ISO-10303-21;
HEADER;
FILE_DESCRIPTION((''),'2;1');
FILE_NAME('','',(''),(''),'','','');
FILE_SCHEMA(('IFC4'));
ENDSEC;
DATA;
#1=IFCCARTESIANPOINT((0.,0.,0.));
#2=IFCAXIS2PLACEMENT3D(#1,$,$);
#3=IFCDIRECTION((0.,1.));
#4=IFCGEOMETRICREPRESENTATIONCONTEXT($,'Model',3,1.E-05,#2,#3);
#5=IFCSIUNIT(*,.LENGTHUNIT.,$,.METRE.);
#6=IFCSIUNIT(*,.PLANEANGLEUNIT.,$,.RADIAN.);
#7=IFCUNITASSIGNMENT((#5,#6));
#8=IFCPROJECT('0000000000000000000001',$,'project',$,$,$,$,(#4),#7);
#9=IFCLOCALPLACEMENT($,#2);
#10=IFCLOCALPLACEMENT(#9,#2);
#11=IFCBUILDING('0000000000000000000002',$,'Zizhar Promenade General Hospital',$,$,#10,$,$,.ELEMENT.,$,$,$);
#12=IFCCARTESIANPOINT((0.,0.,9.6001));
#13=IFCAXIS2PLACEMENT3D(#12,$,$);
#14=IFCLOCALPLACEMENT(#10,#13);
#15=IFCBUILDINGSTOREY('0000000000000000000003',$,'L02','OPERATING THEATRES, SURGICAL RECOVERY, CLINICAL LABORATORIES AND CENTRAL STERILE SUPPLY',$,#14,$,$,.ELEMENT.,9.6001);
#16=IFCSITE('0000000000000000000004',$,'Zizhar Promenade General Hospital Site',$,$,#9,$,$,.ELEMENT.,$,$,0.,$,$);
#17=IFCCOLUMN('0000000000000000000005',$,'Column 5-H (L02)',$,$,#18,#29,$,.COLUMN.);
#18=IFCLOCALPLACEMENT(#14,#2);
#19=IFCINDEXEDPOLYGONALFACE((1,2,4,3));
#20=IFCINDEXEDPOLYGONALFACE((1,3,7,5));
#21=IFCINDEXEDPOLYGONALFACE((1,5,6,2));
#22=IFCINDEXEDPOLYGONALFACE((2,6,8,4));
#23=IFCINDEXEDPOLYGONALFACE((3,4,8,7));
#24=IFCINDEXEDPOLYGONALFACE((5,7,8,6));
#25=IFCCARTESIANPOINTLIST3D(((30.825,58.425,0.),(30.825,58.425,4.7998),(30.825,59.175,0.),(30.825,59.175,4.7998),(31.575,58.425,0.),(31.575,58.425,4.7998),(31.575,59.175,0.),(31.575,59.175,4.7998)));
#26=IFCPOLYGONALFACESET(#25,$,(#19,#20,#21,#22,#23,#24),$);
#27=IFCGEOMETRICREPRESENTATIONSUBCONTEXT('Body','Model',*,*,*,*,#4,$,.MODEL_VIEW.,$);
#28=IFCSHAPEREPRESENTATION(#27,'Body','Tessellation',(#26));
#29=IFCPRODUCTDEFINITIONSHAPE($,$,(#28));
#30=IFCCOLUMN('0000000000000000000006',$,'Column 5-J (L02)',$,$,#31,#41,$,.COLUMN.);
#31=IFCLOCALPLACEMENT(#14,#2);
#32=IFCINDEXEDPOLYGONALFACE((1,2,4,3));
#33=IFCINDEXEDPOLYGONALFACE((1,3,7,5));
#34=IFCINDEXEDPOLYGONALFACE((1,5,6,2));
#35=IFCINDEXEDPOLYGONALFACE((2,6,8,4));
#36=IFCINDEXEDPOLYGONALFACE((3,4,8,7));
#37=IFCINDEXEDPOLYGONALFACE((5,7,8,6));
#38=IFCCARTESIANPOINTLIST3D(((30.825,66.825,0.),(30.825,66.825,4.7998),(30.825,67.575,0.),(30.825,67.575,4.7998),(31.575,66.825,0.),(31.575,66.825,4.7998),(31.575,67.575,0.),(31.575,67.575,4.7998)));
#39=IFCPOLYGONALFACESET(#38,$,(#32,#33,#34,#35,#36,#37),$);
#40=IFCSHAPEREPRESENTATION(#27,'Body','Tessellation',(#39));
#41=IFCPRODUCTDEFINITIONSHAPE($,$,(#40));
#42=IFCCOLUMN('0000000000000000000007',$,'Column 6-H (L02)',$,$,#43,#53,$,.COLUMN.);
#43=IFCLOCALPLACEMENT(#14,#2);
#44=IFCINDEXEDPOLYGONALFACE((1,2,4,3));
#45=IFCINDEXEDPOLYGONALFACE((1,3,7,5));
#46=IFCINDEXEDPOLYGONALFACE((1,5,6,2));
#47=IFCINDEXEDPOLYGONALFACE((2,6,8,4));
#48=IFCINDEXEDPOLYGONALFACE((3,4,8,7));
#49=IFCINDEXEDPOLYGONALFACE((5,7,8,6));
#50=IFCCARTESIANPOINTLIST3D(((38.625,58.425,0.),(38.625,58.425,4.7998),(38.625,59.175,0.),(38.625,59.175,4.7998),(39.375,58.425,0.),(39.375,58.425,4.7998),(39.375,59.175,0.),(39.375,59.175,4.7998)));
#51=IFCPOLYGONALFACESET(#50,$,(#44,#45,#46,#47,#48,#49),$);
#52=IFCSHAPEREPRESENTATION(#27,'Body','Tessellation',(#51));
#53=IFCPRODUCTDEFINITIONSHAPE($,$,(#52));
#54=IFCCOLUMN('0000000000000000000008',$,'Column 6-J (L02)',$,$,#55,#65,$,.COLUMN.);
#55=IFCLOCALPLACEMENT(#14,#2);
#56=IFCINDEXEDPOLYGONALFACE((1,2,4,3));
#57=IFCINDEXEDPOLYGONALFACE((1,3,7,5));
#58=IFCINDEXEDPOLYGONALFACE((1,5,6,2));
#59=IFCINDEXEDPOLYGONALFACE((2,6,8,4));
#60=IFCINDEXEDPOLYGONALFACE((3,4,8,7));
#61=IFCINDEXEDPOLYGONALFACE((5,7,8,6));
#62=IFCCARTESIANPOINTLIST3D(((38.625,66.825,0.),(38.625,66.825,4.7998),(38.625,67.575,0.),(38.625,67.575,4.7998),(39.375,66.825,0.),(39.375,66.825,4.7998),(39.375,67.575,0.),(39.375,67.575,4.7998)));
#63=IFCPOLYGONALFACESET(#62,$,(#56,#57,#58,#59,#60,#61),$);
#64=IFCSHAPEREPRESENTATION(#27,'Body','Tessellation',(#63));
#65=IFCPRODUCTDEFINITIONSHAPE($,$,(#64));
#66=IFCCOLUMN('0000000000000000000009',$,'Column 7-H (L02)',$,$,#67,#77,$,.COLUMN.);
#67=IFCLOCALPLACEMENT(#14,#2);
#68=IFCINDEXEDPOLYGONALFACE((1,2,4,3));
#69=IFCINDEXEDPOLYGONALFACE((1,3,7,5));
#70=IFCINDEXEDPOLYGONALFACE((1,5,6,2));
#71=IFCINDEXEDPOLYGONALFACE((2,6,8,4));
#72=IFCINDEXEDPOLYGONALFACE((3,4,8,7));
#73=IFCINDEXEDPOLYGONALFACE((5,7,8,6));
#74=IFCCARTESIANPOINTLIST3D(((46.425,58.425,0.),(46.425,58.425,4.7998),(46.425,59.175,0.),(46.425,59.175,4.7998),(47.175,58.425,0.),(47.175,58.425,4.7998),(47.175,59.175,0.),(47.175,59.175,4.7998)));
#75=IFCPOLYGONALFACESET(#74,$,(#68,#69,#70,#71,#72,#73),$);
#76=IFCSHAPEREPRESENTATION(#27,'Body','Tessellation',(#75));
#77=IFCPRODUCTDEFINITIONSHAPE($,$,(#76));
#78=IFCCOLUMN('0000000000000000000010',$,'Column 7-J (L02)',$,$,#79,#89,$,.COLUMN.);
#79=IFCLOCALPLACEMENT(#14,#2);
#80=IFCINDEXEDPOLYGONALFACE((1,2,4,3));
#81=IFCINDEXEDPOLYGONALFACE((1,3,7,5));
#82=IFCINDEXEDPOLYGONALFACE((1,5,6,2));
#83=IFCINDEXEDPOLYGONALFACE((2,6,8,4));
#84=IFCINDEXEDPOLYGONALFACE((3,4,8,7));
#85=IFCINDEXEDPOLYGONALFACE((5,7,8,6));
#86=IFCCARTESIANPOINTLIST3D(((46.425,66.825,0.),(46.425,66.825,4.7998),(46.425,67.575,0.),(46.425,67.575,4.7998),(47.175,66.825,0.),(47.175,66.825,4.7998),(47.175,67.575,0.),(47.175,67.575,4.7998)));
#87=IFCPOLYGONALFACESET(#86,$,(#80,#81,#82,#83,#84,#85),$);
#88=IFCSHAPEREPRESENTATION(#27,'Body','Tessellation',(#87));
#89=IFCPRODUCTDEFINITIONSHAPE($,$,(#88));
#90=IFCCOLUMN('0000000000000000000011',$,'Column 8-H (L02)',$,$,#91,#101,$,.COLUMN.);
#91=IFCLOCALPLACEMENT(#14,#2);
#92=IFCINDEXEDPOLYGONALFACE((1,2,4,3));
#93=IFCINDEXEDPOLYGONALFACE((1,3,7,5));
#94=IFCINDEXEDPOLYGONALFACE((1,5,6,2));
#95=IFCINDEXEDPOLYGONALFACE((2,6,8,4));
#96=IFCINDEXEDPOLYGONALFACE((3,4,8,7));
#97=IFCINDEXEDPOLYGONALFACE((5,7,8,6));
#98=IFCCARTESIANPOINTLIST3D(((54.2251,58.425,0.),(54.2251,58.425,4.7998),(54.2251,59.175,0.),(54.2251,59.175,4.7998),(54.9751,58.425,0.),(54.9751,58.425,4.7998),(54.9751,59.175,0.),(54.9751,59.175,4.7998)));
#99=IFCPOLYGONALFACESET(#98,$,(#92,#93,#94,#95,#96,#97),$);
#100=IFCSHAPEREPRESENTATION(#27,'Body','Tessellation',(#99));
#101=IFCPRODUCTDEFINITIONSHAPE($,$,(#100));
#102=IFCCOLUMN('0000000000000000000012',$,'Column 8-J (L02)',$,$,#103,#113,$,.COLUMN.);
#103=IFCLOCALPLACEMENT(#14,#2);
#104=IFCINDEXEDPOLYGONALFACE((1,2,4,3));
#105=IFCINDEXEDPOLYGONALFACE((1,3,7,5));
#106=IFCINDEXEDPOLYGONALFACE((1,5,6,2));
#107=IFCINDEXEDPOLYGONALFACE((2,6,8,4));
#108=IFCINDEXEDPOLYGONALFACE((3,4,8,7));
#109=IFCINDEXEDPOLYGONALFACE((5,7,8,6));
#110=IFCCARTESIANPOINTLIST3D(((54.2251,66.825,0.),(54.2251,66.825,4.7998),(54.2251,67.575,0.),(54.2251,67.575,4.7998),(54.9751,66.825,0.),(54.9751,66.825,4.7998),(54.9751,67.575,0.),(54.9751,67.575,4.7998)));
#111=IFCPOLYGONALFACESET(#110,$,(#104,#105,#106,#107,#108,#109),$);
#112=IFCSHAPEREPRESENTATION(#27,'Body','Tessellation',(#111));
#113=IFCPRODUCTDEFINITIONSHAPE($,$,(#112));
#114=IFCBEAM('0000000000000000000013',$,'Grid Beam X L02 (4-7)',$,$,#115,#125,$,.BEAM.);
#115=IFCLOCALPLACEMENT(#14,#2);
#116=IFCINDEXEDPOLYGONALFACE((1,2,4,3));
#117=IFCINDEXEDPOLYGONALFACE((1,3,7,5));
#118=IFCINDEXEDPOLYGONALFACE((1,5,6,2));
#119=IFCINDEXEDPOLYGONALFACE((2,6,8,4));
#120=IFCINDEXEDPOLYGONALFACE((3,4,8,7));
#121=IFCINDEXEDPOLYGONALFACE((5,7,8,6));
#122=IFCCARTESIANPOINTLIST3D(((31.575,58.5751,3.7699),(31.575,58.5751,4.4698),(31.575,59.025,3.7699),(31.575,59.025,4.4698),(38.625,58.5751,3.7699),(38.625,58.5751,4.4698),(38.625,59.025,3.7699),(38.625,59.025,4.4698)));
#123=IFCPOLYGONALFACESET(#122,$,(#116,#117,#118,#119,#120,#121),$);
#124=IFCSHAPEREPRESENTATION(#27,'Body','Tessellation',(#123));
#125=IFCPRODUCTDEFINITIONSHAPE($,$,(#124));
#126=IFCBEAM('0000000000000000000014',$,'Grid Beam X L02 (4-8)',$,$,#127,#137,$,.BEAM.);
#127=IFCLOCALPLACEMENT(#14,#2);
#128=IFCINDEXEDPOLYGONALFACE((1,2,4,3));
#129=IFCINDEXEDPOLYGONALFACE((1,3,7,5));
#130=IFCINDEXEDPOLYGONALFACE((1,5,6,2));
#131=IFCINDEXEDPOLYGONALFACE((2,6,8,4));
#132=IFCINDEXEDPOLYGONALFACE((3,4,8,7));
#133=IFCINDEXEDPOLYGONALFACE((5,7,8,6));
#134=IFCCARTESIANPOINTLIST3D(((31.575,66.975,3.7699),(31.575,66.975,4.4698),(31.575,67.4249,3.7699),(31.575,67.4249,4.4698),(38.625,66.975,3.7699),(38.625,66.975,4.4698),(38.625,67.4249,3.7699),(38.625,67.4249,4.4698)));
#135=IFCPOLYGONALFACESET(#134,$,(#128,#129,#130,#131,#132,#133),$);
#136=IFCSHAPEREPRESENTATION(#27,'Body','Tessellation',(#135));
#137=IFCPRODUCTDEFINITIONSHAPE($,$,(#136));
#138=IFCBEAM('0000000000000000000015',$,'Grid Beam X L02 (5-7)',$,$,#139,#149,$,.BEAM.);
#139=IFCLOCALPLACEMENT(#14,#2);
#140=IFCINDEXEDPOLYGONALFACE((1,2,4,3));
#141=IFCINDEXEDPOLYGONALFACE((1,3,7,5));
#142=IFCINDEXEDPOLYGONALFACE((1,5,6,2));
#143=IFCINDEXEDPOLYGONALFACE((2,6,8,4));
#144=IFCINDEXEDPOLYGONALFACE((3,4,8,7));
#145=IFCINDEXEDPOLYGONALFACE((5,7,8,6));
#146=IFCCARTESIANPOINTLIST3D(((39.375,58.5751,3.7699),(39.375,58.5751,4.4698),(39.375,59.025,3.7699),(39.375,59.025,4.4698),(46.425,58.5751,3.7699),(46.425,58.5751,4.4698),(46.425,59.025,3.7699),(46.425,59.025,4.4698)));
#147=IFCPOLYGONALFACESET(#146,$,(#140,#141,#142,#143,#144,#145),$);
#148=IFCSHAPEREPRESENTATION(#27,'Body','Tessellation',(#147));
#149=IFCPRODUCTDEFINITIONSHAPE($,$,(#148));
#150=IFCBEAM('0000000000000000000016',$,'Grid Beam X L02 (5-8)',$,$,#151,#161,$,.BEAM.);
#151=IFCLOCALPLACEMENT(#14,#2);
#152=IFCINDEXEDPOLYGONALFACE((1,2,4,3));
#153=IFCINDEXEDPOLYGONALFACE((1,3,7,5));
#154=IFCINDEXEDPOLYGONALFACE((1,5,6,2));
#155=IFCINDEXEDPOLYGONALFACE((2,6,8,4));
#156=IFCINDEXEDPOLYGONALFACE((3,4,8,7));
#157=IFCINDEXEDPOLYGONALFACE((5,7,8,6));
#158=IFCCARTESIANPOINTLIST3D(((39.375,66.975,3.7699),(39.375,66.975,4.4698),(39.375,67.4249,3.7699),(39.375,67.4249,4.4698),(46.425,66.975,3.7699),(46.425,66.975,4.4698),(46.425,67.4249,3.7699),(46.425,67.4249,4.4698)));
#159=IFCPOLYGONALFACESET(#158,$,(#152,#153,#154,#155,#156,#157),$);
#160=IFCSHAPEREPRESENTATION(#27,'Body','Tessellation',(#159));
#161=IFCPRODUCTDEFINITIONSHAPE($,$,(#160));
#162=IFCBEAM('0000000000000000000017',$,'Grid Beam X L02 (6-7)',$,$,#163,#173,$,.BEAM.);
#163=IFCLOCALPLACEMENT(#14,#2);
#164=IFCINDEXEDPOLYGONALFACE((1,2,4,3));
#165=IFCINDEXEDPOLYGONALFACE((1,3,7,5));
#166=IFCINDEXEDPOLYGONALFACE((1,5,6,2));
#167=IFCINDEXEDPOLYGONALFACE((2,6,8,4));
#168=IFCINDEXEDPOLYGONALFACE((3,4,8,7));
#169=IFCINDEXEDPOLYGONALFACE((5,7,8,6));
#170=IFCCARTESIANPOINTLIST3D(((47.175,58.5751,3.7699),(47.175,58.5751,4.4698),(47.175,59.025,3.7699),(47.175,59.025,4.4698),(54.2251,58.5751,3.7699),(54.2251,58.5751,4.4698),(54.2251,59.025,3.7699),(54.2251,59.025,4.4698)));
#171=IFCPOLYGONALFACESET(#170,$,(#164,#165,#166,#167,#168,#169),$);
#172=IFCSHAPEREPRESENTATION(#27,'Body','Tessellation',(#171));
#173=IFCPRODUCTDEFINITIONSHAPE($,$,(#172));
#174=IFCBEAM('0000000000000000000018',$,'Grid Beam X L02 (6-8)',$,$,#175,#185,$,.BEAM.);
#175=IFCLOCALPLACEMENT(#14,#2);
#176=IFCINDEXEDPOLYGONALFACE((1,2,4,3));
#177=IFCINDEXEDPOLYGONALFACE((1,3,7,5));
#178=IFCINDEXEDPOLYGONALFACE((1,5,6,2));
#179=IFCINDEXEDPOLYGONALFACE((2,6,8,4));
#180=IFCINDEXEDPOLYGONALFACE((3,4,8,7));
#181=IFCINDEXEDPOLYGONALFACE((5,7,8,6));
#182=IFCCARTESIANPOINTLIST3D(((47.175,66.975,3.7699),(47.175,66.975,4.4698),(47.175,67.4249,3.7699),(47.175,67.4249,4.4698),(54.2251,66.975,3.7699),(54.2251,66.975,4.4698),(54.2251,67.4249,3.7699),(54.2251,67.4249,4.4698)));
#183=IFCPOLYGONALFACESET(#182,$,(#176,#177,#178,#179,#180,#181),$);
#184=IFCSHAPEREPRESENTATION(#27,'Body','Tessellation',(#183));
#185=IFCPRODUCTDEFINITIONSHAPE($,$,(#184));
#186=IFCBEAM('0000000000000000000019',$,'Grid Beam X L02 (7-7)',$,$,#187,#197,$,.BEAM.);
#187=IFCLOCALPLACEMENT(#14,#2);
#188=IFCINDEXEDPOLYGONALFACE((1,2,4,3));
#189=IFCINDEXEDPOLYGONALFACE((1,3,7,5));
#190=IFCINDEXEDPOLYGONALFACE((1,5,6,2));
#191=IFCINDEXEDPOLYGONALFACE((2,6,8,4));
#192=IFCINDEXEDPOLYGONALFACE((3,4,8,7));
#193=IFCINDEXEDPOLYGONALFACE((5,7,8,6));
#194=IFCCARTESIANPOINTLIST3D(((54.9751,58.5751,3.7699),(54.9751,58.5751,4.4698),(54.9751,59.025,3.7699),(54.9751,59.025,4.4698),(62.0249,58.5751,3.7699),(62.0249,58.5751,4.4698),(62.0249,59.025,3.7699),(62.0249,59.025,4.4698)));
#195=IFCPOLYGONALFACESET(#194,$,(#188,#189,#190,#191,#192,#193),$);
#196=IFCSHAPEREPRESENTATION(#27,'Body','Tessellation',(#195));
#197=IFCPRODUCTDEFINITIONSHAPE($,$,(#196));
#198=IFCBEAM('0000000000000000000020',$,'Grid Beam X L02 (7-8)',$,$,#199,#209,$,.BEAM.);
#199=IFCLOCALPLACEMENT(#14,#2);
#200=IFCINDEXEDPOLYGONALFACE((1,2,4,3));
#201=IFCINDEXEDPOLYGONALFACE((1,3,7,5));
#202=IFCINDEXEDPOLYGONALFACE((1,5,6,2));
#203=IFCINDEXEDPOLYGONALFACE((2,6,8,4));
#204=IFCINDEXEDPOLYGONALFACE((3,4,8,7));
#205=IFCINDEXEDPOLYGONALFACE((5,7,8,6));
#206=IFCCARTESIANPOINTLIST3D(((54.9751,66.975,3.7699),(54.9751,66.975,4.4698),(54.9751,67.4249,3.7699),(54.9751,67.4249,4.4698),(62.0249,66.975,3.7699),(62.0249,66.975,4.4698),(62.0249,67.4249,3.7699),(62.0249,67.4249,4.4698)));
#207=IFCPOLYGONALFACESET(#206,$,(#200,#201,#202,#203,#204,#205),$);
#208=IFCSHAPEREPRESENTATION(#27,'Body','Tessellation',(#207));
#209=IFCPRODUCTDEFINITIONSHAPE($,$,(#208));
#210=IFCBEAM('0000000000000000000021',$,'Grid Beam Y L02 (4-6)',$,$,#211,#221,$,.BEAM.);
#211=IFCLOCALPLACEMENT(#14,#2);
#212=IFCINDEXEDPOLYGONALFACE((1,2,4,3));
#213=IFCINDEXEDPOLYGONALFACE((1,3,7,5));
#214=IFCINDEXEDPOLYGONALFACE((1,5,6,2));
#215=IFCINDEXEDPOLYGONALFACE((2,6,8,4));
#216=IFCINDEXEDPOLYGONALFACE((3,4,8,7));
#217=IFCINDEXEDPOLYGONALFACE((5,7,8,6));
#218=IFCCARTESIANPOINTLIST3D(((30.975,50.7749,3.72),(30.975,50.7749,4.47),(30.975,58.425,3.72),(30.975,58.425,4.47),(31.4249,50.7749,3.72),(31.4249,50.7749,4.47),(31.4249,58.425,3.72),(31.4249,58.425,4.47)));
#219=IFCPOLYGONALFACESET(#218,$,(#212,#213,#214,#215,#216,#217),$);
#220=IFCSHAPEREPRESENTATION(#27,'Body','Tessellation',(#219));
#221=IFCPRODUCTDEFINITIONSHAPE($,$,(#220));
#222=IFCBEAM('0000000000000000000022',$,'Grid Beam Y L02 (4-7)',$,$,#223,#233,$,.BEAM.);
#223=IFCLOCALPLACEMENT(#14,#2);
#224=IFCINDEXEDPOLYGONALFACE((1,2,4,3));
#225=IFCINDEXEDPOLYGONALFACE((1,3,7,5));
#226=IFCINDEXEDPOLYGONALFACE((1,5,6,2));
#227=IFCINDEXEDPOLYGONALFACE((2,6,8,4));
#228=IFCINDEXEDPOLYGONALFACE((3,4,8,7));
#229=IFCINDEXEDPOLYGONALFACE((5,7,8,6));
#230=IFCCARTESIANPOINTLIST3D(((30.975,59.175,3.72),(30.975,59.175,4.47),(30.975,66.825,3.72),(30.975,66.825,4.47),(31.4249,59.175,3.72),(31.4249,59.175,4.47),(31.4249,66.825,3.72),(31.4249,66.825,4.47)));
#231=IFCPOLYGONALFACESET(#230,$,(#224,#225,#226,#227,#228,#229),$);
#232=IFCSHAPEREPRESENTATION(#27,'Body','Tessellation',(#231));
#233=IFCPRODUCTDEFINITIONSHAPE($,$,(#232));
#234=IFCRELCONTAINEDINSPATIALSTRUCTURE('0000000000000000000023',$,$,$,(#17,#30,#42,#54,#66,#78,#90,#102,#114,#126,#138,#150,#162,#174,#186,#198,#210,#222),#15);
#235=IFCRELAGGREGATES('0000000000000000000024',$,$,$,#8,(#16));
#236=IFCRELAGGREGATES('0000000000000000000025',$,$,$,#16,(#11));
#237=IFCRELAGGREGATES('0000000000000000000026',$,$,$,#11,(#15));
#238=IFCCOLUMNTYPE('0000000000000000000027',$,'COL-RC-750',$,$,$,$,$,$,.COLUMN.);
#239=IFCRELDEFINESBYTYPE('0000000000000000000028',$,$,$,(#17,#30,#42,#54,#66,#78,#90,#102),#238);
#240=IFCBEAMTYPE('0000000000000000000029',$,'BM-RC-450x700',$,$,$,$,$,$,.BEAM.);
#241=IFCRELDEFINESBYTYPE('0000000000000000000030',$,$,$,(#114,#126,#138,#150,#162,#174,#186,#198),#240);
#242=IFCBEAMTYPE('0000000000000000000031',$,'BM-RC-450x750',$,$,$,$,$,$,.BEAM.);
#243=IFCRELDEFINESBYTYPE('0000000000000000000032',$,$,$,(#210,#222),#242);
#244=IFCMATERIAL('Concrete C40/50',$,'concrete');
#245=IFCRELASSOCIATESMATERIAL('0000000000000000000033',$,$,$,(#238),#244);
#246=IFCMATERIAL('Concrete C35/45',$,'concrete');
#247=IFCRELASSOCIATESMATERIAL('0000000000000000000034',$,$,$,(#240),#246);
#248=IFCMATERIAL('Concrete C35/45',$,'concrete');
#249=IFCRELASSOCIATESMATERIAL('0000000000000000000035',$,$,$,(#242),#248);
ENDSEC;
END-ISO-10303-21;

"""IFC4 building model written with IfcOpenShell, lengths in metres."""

from ifc_helpers import new_model, si_unit, direction, frame, origin, origin_2d, place, context, subcontext, project, spatial, rectangle, extrude, material, material_profile, profile_set, type_object, element, save


model = new_model("IFC4")

# Units and contexts
model_context = context("Model", 3, precision=1e-05, world=origin(), true_north=direction((0.0, 1.0)))
body_context = subcontext(model_context, "Body", "Model", "MODEL_VIEW")
ifc_project = project(units=[si_unit("LENGTHUNIT", "METRE"), si_unit("PLANEANGLEUNIT", "RADIAN")], contexts=[model_context])

# Site, building, storey
site_placement = place(None, origin())
site = spatial("IfcSite", under=ifc_project, at=site_placement, Name="Zizhar Promenade General Hospital Site", CompositionType="ELEMENT", RefElevation=0.0)
building_placement = place(site_placement, origin())
building = spatial("IfcBuilding", under=site, at=building_placement, Name="Zizhar Promenade General Hospital", CompositionType="ELEMENT")
storey_placement = place(building_placement, frame((0.0, 0.0, 9.6001)))
storey = spatial("IfcBuildingStorey", under=building, at=storey_placement, Name="L02", Description="OPERATING THEATRES, SURGICAL RECOVERY, CLINICAL LABORATORIES AND CENTRAL STERILE SUPPLY", CompositionType="ELEMENT", Elevation=9.6001)

# Columns
ifc_material_1 = material(Name="Concrete C40/50", Category="concrete")
ifc_material_profile_1 = material_profile(ifc_material_1, rectangle(XDim=0.75, YDim=0.75, at=origin_2d()))
ifc_profile_set_1 = profile_set([ifc_material_profile_1], Name="Concrete C40/50")
column_type = type_object("IfcColumnType", Name="COL-RC-750", PredefinedType="COLUMN", material=ifc_profile_set_1)
for number, where, z_axis, x_axis, name in (
    (1, (31.2, 58.8, 0.0), (0.0, 0.0, 1.0), (1.0, 0.0, 0.0), "Column 5-H (L02)"),
    (2, (31.2, 67.2, 0.0), (0.0, 0.0, 1.0), (1.0, 0.0, 0.0), "Column 5-J (L02)"),
    (3, (39.0, 58.8, 0.0), (0.0, 0.0, 1.0), (1.0, 0.0, 0.0), "Column 6-H (L02)"),
    (4, (39.0, 67.2, 0.0), (0.0, 0.0, 1.0), (1.0, 0.0, 0.0), "Column 6-J (L02)"),
    (5, (46.8, 58.8, 0.0), (0.0, 0.0, 1.0), (1.0, 0.0, 0.0), "Column 7-H (L02)"),
    (6, (46.8, 67.2, 0.0), (0.0, 0.0, 1.0), (1.0, 0.0, 0.0), "Column 7-J (L02)"),
    (7, (54.6001, 58.8, 0.0), (0.0, 0.0, 1.0), (1.0, 0.0, 0.0), "Column 8-H (L02)"),
    (8, (54.6001, 67.2, 0.0), (0.0, 0.0, 1.0), (1.0, 0.0, 0.0), "Column 8-J (L02)"),
):
    element("IfcColumn", number, at=place(storey_placement, frame(where, z_axis=z_axis, x_axis=x_axis)), inside=storey, type_object=column_type, Name=name, PredefinedType="COLUMN", context=body_context, shape_type="SweptSolid", body=[
        extrude(rectangle(XDim=0.75, YDim=0.75, at=origin_2d()), origin(), (0.0, 0.0, 1.0), 4.7998),
    ])

# Beams
ifc_material_2 = material(Name="Concrete C35/45", Category="concrete")
ifc_material_profile_2 = material_profile(ifc_material_2, rectangle(XDim=0.45, YDim=0.7, at=origin_2d()))
ifc_profile_set_2 = profile_set([ifc_material_profile_2], Name="Concrete C35/45")
beam_type_1 = type_object("IfcBeamType", Name="BM-RC-450x700", PredefinedType="BEAM", material=ifc_profile_set_2)
for number, where, z_axis, x_axis, name in (
    (9, (31.575, 58.8, 4.1199), (1.0, 0.0, 0.0), (0.0, 1.0, 0.0), "Grid Beam X L02 (4-7)"),
    (10, (31.575, 67.2, 4.1199), (1.0, 0.0, 0.0), (0.0, 1.0, 0.0), "Grid Beam X L02 (4-8)"),
    (11, (39.375, 58.8, 4.1199), (1.0, 0.0, 0.0), (0.0, 1.0, 0.0), "Grid Beam X L02 (5-7)"),
    (12, (39.375, 67.2, 4.1199), (1.0, 0.0, 0.0), (0.0, 1.0, 0.0), "Grid Beam X L02 (5-8)"),
    (13, (47.175, 58.8, 4.1199), (1.0, 0.0, 0.0), (0.0, 1.0, 0.0), "Grid Beam X L02 (6-7)"),
    (14, (47.175, 67.2, 4.1199), (1.0, 0.0, 0.0), (0.0, 1.0, 0.0), "Grid Beam X L02 (6-8)"),
):
    element("IfcBeam", number, at=place(storey_placement, frame(where, z_axis=z_axis, x_axis=x_axis)), inside=storey, type_object=beam_type_1, Name=name, PredefinedType="BEAM", context=body_context, shape_type="SweptSolid", body=[
        extrude(rectangle(XDim=0.45, YDim=0.7, at=origin_2d()), origin(), (0.0, 0.0, 1.0), 7.05),
    ])
for number, where, z_axis, x_axis, name in (
    (15, (54.9751, 58.8, 4.1199), (1.0, 0.0, 0.0), (0.0, 1.0, 0.0), "Grid Beam X L02 (7-7)"),
    (16, (54.9751, 67.2, 4.1199), (1.0, 0.0, 0.0), (0.0, 1.0, 0.0), "Grid Beam X L02 (7-8)"),
):
    element("IfcBeam", number, at=place(storey_placement, frame(where, z_axis=z_axis, x_axis=x_axis)), inside=storey, type_object=beam_type_1, Name=name, PredefinedType="BEAM", context=body_context, shape_type="SweptSolid", body=[
        extrude(rectangle(XDim=0.45, YDim=0.7, at=origin_2d()), origin(), (0.0, 0.0, 1.0), 7.0498),
    ])
ifc_material_3 = material(Name="Concrete C35/45", Category="concrete")
ifc_material_profile_3 = material_profile(ifc_material_3, rectangle(XDim=0.45, YDim=0.75, at=origin_2d()))
ifc_profile_set_3 = profile_set([ifc_material_profile_3], Name="Concrete C35/45")
beam_type_2 = type_object("IfcBeamType", Name="BM-RC-450x750", PredefinedType="BEAM", material=ifc_profile_set_3)
beam_1_placement = place(storey_placement, frame((31.2, 50.7749, 4.095), z_axis=(0.0, 1.0, 0.0), x_axis=(-1.0, 0.0, 0.0)))
element("IfcBeam", 17, at=beam_1_placement, inside=storey, type_object=beam_type_2, Name="Grid Beam Y L02 (4-6)", PredefinedType="BEAM", context=body_context, shape_type="SweptSolid", body=[
    extrude(rectangle(XDim=0.45, YDim=0.75, at=origin_2d()), origin(), (0.0, 0.0, 1.0), 7.6501),
])
beam_2_placement = place(storey_placement, frame((31.2, 59.175, 4.095), z_axis=(0.0, 1.0, 0.0), x_axis=(-1.0, 0.0, 0.0)))
element("IfcBeam", 18, at=beam_2_placement, inside=storey, type_object=beam_type_2, Name="Grid Beam Y L02 (4-7)", PredefinedType="BEAM", context=body_context, shape_type="SweptSolid", body=[
    extrude(rectangle(XDim=0.45, YDim=0.75, at=origin_2d()), origin(), (0.0, 0.0, 1.0), 7.6499),
])

save(model, "model.ifc")
